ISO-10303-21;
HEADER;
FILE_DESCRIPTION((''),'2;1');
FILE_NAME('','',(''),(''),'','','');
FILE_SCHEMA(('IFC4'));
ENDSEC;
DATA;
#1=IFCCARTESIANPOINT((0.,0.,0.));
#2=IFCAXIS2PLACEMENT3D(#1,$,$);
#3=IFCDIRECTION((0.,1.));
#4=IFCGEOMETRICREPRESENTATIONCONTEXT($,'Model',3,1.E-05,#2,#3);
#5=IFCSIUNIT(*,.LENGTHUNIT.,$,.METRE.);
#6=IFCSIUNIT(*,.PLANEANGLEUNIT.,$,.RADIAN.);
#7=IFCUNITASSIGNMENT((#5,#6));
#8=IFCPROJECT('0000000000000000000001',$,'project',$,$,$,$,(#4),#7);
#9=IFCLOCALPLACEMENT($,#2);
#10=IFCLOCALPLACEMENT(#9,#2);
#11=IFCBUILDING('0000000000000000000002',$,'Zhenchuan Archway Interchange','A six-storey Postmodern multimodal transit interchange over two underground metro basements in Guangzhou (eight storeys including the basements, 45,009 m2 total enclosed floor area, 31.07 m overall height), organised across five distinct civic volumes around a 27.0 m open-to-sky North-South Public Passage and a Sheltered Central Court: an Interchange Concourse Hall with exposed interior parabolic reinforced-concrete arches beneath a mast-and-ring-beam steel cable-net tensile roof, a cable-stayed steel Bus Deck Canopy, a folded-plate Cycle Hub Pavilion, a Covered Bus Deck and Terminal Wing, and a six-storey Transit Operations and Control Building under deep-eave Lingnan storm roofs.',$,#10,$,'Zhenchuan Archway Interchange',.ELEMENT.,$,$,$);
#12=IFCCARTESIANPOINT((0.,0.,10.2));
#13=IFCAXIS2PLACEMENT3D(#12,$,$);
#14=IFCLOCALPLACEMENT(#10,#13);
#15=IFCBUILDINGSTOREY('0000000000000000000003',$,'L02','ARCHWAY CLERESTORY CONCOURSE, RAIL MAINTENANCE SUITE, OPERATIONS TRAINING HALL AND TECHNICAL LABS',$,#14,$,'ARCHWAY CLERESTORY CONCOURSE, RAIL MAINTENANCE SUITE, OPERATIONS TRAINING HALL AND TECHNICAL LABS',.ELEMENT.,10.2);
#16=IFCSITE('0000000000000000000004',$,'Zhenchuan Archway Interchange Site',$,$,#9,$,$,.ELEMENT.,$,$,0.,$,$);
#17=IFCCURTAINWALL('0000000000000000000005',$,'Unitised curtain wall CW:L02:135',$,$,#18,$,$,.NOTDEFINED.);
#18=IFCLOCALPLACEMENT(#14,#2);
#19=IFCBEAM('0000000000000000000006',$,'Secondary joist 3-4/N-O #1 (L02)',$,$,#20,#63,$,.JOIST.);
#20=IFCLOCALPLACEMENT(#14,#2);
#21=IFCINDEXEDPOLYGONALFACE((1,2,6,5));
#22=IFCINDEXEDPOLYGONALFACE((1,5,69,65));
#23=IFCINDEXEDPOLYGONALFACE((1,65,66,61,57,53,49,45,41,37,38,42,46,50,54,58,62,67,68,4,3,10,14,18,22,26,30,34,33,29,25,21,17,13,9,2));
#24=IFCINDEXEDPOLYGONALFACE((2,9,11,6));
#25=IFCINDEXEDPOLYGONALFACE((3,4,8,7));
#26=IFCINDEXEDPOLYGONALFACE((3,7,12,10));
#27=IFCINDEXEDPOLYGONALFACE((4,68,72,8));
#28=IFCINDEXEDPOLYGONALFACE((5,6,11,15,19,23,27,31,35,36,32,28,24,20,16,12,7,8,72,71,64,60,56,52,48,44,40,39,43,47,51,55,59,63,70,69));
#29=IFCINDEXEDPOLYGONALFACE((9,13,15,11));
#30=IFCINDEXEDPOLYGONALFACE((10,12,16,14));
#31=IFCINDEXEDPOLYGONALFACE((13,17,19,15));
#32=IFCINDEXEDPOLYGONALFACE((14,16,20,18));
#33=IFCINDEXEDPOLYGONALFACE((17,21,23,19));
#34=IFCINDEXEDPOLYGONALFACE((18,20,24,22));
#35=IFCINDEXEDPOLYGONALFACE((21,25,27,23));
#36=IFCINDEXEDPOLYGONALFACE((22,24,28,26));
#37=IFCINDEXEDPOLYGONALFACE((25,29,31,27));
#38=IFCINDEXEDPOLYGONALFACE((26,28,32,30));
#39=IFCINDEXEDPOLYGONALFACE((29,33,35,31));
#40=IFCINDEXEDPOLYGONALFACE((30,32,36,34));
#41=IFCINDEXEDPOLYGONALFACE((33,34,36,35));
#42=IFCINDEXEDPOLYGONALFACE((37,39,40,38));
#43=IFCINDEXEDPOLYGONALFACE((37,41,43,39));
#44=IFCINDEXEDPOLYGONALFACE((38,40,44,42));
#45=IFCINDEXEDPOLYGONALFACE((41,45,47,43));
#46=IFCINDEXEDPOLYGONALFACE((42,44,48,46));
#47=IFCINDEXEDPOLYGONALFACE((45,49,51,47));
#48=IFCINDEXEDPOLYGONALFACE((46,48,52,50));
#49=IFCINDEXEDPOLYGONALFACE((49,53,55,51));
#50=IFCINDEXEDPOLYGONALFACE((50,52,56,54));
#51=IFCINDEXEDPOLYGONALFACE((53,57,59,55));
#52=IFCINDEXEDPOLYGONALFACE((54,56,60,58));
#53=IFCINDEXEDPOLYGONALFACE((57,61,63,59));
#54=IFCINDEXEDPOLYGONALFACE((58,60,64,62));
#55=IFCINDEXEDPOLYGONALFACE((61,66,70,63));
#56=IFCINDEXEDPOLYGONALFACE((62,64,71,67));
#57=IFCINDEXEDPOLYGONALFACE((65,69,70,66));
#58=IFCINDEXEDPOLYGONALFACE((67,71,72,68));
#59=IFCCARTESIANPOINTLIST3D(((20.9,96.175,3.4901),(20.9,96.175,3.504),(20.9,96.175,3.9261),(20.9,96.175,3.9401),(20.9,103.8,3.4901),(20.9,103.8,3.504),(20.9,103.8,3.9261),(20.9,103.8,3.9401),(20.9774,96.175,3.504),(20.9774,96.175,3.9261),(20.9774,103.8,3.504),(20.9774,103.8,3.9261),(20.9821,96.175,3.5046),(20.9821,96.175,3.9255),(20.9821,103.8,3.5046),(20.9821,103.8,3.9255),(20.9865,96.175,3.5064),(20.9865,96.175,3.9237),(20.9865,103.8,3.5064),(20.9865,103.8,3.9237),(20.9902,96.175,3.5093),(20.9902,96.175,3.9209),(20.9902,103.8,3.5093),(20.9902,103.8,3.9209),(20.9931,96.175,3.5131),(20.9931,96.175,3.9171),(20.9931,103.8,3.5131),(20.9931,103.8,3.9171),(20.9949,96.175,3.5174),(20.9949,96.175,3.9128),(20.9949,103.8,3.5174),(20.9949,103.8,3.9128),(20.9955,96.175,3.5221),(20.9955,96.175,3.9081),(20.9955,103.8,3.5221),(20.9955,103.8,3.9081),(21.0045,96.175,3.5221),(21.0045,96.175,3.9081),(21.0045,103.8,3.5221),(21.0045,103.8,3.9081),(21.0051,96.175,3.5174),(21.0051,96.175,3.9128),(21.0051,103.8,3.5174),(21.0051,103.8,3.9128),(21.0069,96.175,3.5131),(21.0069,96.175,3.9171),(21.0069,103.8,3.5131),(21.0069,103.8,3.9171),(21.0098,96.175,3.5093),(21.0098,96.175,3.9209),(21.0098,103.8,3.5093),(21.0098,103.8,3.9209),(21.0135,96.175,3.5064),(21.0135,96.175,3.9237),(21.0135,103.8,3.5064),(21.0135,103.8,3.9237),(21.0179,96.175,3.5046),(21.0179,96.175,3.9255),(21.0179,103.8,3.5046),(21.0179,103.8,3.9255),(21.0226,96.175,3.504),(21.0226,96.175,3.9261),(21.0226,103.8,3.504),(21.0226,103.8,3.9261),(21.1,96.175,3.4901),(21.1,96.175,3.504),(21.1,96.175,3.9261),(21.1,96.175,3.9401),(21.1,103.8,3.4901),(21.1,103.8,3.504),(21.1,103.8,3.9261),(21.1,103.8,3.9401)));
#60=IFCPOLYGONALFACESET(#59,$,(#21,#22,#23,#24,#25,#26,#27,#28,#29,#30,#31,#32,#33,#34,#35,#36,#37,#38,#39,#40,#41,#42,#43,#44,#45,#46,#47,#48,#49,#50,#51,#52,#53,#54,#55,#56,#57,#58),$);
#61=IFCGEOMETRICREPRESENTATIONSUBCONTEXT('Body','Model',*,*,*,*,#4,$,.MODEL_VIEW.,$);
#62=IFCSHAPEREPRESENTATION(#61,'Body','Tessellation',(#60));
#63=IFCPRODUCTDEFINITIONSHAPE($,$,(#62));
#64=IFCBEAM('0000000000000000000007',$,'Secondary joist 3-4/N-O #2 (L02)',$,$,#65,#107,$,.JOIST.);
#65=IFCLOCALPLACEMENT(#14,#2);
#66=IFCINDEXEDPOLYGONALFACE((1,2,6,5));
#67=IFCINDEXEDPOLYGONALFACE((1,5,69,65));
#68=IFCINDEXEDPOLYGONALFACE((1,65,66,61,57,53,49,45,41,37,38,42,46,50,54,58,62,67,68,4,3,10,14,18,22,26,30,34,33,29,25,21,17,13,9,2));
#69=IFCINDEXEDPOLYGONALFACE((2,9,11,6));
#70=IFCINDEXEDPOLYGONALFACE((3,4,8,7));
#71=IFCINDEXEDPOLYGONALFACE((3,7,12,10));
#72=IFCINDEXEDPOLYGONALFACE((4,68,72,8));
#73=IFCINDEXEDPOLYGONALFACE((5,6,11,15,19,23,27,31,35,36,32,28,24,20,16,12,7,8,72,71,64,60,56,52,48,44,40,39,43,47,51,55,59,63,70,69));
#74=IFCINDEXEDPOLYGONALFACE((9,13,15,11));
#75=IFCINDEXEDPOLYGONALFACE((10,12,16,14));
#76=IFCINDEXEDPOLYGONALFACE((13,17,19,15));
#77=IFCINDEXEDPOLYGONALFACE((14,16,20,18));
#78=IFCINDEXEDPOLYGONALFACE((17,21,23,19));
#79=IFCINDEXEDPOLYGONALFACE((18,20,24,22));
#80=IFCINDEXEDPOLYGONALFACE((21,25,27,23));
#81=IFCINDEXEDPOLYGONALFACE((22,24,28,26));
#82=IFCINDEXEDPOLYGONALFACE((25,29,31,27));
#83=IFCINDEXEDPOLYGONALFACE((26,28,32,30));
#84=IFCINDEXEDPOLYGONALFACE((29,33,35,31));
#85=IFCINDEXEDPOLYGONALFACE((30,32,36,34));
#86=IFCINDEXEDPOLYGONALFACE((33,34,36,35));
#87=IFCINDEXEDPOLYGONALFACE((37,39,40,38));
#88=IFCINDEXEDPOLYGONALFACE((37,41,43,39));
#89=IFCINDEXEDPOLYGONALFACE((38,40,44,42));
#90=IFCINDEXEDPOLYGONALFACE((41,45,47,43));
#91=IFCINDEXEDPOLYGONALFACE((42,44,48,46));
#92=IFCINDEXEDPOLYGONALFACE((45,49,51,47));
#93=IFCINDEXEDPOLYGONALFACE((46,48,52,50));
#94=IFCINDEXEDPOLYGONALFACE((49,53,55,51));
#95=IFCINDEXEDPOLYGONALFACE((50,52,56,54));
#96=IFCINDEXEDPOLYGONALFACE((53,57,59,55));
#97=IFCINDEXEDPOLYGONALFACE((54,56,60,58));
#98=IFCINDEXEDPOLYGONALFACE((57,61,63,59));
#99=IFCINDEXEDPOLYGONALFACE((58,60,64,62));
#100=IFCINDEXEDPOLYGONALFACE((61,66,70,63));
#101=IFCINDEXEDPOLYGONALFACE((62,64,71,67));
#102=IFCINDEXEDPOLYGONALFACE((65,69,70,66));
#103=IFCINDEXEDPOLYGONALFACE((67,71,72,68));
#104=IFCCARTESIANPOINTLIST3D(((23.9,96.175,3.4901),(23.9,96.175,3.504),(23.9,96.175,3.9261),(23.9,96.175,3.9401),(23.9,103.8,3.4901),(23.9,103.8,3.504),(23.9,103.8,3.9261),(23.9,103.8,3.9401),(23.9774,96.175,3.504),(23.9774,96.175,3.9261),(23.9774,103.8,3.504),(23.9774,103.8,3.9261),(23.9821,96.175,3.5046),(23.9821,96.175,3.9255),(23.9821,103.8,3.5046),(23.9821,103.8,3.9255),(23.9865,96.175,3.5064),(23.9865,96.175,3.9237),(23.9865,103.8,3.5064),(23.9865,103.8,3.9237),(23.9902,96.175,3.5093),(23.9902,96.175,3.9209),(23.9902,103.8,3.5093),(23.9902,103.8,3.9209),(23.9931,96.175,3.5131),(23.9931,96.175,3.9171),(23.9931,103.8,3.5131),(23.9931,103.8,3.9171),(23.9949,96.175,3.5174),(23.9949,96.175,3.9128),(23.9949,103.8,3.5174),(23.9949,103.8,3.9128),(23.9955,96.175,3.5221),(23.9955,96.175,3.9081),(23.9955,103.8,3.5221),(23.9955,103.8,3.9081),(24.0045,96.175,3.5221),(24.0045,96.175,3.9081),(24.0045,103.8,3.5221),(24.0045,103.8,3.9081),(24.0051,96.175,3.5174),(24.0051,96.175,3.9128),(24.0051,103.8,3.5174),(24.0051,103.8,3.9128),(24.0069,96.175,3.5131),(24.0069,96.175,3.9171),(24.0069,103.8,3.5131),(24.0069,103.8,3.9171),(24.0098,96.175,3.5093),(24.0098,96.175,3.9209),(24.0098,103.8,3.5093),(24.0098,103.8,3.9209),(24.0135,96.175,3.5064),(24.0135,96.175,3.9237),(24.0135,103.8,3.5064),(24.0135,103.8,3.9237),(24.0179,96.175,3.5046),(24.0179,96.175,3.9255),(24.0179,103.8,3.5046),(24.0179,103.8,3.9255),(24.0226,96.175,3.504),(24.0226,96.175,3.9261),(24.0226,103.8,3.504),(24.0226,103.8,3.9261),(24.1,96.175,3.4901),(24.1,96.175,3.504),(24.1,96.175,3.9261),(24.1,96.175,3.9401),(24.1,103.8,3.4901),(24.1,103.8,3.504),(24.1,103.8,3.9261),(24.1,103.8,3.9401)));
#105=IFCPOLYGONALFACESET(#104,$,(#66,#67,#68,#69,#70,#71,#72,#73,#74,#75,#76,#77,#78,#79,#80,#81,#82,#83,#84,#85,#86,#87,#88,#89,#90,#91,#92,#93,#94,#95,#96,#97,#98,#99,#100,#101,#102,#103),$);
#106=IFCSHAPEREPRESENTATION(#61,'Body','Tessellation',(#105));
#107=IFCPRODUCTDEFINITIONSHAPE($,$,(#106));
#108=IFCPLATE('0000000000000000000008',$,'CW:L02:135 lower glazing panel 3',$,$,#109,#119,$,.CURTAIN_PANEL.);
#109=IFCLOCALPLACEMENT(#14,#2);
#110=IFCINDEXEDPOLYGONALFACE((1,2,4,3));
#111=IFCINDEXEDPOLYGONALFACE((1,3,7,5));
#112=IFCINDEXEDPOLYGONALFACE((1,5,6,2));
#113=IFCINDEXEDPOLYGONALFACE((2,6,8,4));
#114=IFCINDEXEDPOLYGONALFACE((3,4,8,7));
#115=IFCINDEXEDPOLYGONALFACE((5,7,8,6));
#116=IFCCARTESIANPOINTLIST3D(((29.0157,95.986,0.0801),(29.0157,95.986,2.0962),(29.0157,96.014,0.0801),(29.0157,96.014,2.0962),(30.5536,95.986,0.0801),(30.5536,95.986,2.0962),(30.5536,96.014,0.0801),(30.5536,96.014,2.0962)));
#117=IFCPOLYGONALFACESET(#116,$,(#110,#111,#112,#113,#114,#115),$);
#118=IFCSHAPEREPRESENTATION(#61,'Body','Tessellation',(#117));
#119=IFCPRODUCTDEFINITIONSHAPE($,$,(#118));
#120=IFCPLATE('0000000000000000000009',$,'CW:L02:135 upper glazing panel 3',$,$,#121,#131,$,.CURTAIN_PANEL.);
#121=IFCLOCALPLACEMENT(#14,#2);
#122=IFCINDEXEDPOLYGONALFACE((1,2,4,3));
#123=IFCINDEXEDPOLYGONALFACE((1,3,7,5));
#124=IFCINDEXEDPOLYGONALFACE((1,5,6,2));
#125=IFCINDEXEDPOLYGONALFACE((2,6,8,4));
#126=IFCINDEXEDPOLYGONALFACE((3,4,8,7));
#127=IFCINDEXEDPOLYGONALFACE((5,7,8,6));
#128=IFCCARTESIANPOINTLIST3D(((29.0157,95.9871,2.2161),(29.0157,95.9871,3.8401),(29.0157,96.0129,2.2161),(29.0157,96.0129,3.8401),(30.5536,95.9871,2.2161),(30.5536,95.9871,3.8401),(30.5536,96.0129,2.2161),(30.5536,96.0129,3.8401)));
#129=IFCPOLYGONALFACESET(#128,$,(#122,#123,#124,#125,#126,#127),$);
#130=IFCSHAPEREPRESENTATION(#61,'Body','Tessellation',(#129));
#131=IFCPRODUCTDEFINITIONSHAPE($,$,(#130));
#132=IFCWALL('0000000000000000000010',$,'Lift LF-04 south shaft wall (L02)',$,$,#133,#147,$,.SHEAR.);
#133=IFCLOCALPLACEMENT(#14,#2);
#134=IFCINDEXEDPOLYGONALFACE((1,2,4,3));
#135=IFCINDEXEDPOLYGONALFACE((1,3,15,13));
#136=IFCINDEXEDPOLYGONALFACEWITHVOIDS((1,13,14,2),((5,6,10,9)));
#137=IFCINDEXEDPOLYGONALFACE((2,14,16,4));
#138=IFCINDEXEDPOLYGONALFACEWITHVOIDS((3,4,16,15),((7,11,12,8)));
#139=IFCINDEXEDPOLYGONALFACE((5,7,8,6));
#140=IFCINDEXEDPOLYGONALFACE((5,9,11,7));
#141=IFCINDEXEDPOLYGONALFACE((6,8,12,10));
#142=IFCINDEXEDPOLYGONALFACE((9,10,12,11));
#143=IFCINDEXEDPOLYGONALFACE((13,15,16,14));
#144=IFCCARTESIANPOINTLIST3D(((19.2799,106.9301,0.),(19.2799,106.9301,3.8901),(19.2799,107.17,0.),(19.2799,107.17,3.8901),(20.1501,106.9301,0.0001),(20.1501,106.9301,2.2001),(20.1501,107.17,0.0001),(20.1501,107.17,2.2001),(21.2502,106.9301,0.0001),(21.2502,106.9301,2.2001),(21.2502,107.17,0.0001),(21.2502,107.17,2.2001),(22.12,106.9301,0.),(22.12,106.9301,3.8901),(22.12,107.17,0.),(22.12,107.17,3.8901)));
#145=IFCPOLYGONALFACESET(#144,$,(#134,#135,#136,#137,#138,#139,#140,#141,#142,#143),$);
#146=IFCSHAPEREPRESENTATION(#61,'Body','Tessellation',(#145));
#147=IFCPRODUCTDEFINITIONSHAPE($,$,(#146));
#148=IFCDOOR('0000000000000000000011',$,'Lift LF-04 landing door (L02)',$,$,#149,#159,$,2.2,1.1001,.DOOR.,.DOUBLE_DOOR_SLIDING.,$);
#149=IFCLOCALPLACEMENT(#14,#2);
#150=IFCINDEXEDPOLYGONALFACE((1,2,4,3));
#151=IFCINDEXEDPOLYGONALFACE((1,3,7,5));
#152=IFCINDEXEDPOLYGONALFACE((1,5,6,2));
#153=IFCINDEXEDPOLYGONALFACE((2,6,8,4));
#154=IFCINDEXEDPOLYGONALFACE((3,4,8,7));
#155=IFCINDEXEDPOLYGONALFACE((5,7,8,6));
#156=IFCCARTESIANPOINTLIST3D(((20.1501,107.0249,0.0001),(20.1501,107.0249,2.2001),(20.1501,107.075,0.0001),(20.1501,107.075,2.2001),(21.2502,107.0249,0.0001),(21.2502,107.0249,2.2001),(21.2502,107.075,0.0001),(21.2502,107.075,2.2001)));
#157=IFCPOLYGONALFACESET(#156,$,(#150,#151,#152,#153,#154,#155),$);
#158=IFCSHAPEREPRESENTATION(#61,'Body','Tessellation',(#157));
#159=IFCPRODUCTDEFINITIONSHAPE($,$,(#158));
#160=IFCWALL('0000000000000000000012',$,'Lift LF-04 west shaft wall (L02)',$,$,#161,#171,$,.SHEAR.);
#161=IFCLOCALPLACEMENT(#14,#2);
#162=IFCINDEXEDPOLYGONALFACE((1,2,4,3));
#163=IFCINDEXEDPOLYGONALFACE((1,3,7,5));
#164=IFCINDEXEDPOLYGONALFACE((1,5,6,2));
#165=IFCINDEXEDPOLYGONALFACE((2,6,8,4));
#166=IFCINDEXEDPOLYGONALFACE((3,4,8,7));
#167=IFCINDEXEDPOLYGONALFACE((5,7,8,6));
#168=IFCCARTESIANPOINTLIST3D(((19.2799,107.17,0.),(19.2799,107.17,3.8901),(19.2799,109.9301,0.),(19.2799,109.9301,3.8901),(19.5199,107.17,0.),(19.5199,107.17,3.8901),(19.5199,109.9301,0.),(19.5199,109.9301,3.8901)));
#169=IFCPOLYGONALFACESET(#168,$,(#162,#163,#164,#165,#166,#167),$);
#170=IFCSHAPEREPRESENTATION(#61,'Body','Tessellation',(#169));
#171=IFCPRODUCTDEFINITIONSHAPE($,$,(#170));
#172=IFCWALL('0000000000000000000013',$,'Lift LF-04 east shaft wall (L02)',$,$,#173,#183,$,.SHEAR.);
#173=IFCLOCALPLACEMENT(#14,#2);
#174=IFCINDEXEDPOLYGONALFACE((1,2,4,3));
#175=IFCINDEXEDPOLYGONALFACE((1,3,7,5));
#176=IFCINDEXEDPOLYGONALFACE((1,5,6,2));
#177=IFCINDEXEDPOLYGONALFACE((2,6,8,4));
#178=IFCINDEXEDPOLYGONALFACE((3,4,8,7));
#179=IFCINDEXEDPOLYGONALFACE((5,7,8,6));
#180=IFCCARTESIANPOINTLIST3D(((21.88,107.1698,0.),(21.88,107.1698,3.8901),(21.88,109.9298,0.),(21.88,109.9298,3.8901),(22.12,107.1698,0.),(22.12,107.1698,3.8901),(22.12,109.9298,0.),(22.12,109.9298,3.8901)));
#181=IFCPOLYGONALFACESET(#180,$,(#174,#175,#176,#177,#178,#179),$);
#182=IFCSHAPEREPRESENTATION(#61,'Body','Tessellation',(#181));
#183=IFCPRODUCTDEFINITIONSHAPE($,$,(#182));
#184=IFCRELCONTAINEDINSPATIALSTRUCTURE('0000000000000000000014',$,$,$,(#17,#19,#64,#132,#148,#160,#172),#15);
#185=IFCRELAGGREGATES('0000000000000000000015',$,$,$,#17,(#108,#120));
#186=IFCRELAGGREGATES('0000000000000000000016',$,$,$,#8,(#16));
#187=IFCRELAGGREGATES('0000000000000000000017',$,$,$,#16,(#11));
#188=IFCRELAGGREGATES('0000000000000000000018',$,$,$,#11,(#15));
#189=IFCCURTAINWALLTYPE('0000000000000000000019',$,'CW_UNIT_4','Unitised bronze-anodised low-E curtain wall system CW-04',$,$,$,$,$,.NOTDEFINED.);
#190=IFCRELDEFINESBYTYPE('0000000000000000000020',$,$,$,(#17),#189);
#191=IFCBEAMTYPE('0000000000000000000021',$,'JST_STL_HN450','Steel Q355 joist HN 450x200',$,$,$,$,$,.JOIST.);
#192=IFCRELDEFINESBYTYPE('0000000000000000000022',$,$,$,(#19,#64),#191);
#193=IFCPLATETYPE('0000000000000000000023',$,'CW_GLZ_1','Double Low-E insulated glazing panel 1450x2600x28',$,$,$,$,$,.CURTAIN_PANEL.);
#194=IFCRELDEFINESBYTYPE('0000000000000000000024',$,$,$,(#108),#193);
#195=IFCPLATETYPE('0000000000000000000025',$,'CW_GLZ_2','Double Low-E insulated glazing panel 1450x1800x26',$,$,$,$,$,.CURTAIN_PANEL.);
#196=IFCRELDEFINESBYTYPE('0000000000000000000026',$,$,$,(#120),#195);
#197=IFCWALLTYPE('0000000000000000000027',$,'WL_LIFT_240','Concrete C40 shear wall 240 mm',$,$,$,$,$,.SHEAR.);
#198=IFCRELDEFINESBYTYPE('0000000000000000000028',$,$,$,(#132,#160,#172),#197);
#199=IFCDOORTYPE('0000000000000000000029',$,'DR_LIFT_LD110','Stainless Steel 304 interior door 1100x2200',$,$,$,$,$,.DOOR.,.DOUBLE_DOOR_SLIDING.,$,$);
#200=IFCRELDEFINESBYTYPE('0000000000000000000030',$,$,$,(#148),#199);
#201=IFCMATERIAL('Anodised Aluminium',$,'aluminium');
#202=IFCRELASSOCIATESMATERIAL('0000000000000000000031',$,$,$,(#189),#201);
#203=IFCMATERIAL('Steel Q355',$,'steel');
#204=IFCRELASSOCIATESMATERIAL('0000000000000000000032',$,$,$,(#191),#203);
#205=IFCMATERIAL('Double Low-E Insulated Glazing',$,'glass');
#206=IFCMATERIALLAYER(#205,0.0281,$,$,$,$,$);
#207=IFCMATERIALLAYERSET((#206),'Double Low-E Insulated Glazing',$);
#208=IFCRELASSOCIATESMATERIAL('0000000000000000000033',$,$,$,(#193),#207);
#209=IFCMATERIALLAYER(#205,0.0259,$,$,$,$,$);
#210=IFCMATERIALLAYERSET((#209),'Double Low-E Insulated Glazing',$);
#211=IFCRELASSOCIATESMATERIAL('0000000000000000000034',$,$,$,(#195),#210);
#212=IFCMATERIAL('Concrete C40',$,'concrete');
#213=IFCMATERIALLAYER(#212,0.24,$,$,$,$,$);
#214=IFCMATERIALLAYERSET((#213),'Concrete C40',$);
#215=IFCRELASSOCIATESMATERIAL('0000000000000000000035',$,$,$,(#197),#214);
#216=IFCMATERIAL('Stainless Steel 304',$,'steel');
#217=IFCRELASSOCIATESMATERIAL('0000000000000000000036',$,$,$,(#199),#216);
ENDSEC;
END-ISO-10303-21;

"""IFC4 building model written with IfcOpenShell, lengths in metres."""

from ifc_helpers import new_model, si_unit, direction, frame, frame_2d, origin, origin_2d, place, context, subcontext, project, spatial, rectangle, i_section, extrude, material, layer, layer_set, material_profile, profile_set, type_object, element, fill, aggregate, save


model = new_model("IFC4")

# Units and contexts
model_context = context("Model", 3, precision=1e-05, world=origin(), true_north=direction((0.0, 1.0)))
body_context = subcontext(model_context, "Body", "Model", "MODEL_VIEW")
ifc_project = project(units=[si_unit("LENGTHUNIT", "METRE"), si_unit("PLANEANGLEUNIT", "RADIAN")], contexts=[model_context])

# Site, building, storey
site_placement = place(None, origin())
site = spatial("IfcSite", under=ifc_project, at=site_placement, Name="Zhenchuan Archway Interchange Site", CompositionType="ELEMENT", RefElevation=0.0)
building_placement = place(site_placement, origin())
building = spatial("IfcBuilding", under=site, at=building_placement, Name="Zhenchuan Archway Interchange", Description="A six-storey Postmodern multimodal transit interchange over two underground metro basements in Guangzhou (eight storeys including the basements, 45,009 m2 total enclosed floor area, 31.07 m overall height), organised across five distinct civic volumes around a 27.0 m open-to-sky North-South Public Passage and a Sheltered Central Court: an Interchange Concourse Hall with exposed interior parabolic reinforced-concrete arches beneath a mast-and-ring-beam steel cable-net tensile roof, a cable-stayed steel Bus Deck Canopy, a folded-plate Cycle Hub Pavilion, a Covered Bus Deck and Terminal Wing, and a six-storey Transit Operations and Control Building under deep-eave Lingnan storm roofs.", LongName="Zhenchuan Archway Interchange", CompositionType="ELEMENT")
storey_placement = place(building_placement, frame((0.0, 0.0, 10.2)))
storey = spatial("IfcBuildingStorey", under=building, at=storey_placement, Name="L02", Description="ARCHWAY CLERESTORY CONCOURSE, RAIL MAINTENANCE SUITE, OPERATIONS TRAINING HALL AND TECHNICAL LABS", LongName="ARCHWAY CLERESTORY CONCOURSE, RAIL MAINTENANCE SUITE, OPERATIONS TRAINING HALL AND TECHNICAL LABS", CompositionType="ELEMENT", Elevation=10.2)

# Shared definitions
ifc_material_1 = material(Name="Concrete C40", Category="concrete")

# Curtain wall
ifc_material_2 = material(Name="Anodised Aluminium", Category="aluminium")
curtain_wall_type = type_object("IfcCurtainWallType", Name="CW_UNIT_4", Description="Unitised bronze-anodised low-E curtain wall system CW-04", PredefinedType="NOTDEFINED", material=ifc_material_2)
curtain_wall_placement = place(storey_placement, origin())
curtain_wall = element("IfcCurtainWall", 1, at=curtain_wall_placement, inside=storey, type_object=curtain_wall_type, Name="Unitised curtain wall CW:L02:135", PredefinedType="NOTDEFINED")

# Beams
ifc_material_3 = material(Name="Steel Q355", Category="steel")
ifc_material_profile_1 = material_profile(ifc_material_3, i_section(OverallWidth=0.2, OverallDepth=0.45, WebThickness=0.009, FlangeThickness=0.0139, FilletRadius=0.0181, at=origin_2d()), Name="HN 450x200")
ifc_profile_set_1 = profile_set([ifc_material_profile_1], Name="Steel Q355")
beam_type_1 = type_object("IfcBeamType", Name="JST_STL_HN450", Description="Steel Q355 joist HN 450x200", PredefinedType="JOIST", material=ifc_profile_set_1)
for number, where, z_axis, x_axis, name in (
    (2, (21.0, 96.175, 3.7151), (0.0, 1.0, 0.0), (-1.0, 0.0, 0.0), "Secondary joist 3-4/N-O #1 (L02)"),
    (3, (24.0, 96.175, 3.7151), (0.0, 1.0, 0.0), (-1.0, 0.0, 0.0), "Secondary joist 3-4/N-O #2 (L02)"),
):
    element("IfcBeam", number, at=place(storey_placement, frame(where, z_axis=z_axis, x_axis=x_axis)), inside=storey, type_object=beam_type_1, Name=name, PredefinedType="JOIST", context=body_context, shape_type="SweptSolid", body=[
        extrude(i_section(OverallWidth=0.2, OverallDepth=0.45, WebThickness=0.009, FlangeThickness=0.0139, FilletRadius=0.0181, at=origin_2d()), origin(), (0.0, 0.0, 1.0), 7.625),
    ])

# Plates
ifc_material_4 = material(Name="Double Low-E Insulated Glazing", Category="glass")
ifc_layer_1 = layer(ifc_material_4, 0.0281)
ifc_layer_set_1 = layer_set([ifc_layer_1], Name="Double Low-E Insulated Glazing")
plate_type_1 = type_object("IfcPlateType", Name="CW_GLZ_1", Description="Double Low-E insulated glazing panel 1450x2600x28", PredefinedType="CURTAIN_PANEL", material=ifc_layer_set_1)
plate_1_placement = place(storey_placement, frame((29.7847, 96.0, 0.0801), z_axis=(0.0, 0.0, 1.0), x_axis=(-1.0, 0.0, 0.0)))
plate_1 = element("IfcPlate", 4, at=plate_1_placement, type_object=plate_type_1, Name="CW:L02:135 lower glazing panel 3", PredefinedType="CURTAIN_PANEL", context=body_context, shape_type="SweptSolid", body=[
    extrude(rectangle(XDim=1.5378, YDim=0.0281, at=origin_2d()), origin(), (0.0, 0.0, 1.0), 2.0161),
])
ifc_layer_2 = layer(ifc_material_4, 0.0259)
ifc_layer_set_2 = layer_set([ifc_layer_2], Name="Double Low-E Insulated Glazing")
plate_type_2 = type_object("IfcPlateType", Name="CW_GLZ_2", Description="Double Low-E insulated glazing panel 1450x1800x26", PredefinedType="CURTAIN_PANEL", material=ifc_layer_set_2)
plate_2_placement = place(storey_placement, frame((29.7847, 96.0, 2.2161), z_axis=(0.0, 0.0, 1.0), x_axis=(-1.0, 0.0, 0.0)))
plate_2 = element("IfcPlate", 5, at=plate_2_placement, type_object=plate_type_2, Name="CW:L02:135 upper glazing panel 3", PredefinedType="CURTAIN_PANEL", context=body_context, shape_type="SweptSolid", body=[
    extrude(rectangle(XDim=1.5378, YDim=0.0259, at=origin_2d()), origin(), (0.0, 0.0, 1.0), 1.624),
])
aggregate(curtain_wall, [plate_1, plate_2])

# Wall, opening, door
ifc_layer_3 = layer(ifc_material_1, 0.24)
ifc_layer_set_3 = layer_set([ifc_layer_3], Name="Concrete C40")
wall_type_1 = type_object("IfcWallType", Name="WL_LIFT_240", Description="Concrete C40 shear wall 240 mm", PredefinedType="SHEAR", material=ifc_layer_set_3)
wall_1_placement = place(storey_placement, frame((19.28, 107.05, 0.0), z_axis=(0.0, 0.0, 1.0), x_axis=(1.0, 0.0, 0.0)))
wall_1 = element("IfcWall", 6, at=wall_1_placement, inside=storey, type_object=wall_type_1, Name="Lift LF-04 south shaft wall (L02)", PredefinedType="SHEAR", context=body_context, shape_type="SweptSolid", body=[
    extrude(rectangle(XDim=2.8401, YDim=0.24, at=frame_2d((1.4199, 0.0))), origin(), (0.0, 0.0, 1.0), 3.8901),
])
opening_1_placement = place(wall_1_placement, frame((0.8701, 0.0, 0.0)))
opening_1 = element("IfcOpeningElement", 7, at=opening_1_placement, cuts=wall_1, PredefinedType="OPENING", context=body_context, shape_type="SweptSolid", body=[
    extrude(rectangle(XDim=1.1001, YDim=2.2, at=frame_2d((0.55, 1.1001))), frame((0.0, 0.1318, 0.0), z_axis=(0.0, -1.0, 0.0), x_axis=(1.0, 0.0, 0.0)), (0.0, 0.0, 1.0), 0.2639),
])
ifc_material_5 = material(Name="Stainless Steel 304", Category="steel")
door_type_1 = type_object("IfcDoorType", Name="DR_LIFT_LD110", Description="Stainless Steel 304 interior door 1100x2200", OperationType="DOUBLE_DOOR_SLIDING", PredefinedType="DOOR", material=ifc_material_5)
door_1_placement = place(opening_1_placement, origin())
door_1 = element("IfcDoor", 8, at=door_1_placement, inside=storey, type_object=door_type_1, Name="Lift LF-04 landing door (L02)", OperationType="DOUBLE_DOOR_SLIDING", OverallHeight=2.2, OverallWidth=1.1001, PredefinedType="DOOR", context=body_context, shape_type="SweptSolid", body=[
    extrude(rectangle(XDim=1.1001, YDim=2.2, at=frame_2d((0.55, 1.1001))), frame((0.0, 0.0249, 0.0), z_axis=(0.0, -1.0, 0.0), x_axis=(1.0, 0.0, 0.0)), (0.0, 0.0, 1.0), 0.05),
])
fill(opening_1, door_1)

# Walls
for number, where, z_axis, x_axis, name in (
    (9, (19.3999, 109.9299, 0.0), (0.0, 0.0, 1.0), (0.0, -1.0, 0.0), "Lift LF-04 west shaft wall (L02)"),
    (10, (22.0, 107.1699, 0.0), (0.0, 0.0, 1.0), (0.0, 1.0, 0.0), "Lift LF-04 east shaft wall (L02)"),
):
    element("IfcWall", number, at=place(storey_placement, frame(where, z_axis=z_axis, x_axis=x_axis)), inside=storey, type_object=wall_type_1, Name=name, PredefinedType="SHEAR", context=body_context, shape_type="SweptSolid", body=[
        extrude(rectangle(XDim=2.76, YDim=0.24, at=frame_2d((1.3799, 0.0))), origin(), (0.0, 0.0, 1.0), 3.8901),
    ])

save(model, "model.ifc")
